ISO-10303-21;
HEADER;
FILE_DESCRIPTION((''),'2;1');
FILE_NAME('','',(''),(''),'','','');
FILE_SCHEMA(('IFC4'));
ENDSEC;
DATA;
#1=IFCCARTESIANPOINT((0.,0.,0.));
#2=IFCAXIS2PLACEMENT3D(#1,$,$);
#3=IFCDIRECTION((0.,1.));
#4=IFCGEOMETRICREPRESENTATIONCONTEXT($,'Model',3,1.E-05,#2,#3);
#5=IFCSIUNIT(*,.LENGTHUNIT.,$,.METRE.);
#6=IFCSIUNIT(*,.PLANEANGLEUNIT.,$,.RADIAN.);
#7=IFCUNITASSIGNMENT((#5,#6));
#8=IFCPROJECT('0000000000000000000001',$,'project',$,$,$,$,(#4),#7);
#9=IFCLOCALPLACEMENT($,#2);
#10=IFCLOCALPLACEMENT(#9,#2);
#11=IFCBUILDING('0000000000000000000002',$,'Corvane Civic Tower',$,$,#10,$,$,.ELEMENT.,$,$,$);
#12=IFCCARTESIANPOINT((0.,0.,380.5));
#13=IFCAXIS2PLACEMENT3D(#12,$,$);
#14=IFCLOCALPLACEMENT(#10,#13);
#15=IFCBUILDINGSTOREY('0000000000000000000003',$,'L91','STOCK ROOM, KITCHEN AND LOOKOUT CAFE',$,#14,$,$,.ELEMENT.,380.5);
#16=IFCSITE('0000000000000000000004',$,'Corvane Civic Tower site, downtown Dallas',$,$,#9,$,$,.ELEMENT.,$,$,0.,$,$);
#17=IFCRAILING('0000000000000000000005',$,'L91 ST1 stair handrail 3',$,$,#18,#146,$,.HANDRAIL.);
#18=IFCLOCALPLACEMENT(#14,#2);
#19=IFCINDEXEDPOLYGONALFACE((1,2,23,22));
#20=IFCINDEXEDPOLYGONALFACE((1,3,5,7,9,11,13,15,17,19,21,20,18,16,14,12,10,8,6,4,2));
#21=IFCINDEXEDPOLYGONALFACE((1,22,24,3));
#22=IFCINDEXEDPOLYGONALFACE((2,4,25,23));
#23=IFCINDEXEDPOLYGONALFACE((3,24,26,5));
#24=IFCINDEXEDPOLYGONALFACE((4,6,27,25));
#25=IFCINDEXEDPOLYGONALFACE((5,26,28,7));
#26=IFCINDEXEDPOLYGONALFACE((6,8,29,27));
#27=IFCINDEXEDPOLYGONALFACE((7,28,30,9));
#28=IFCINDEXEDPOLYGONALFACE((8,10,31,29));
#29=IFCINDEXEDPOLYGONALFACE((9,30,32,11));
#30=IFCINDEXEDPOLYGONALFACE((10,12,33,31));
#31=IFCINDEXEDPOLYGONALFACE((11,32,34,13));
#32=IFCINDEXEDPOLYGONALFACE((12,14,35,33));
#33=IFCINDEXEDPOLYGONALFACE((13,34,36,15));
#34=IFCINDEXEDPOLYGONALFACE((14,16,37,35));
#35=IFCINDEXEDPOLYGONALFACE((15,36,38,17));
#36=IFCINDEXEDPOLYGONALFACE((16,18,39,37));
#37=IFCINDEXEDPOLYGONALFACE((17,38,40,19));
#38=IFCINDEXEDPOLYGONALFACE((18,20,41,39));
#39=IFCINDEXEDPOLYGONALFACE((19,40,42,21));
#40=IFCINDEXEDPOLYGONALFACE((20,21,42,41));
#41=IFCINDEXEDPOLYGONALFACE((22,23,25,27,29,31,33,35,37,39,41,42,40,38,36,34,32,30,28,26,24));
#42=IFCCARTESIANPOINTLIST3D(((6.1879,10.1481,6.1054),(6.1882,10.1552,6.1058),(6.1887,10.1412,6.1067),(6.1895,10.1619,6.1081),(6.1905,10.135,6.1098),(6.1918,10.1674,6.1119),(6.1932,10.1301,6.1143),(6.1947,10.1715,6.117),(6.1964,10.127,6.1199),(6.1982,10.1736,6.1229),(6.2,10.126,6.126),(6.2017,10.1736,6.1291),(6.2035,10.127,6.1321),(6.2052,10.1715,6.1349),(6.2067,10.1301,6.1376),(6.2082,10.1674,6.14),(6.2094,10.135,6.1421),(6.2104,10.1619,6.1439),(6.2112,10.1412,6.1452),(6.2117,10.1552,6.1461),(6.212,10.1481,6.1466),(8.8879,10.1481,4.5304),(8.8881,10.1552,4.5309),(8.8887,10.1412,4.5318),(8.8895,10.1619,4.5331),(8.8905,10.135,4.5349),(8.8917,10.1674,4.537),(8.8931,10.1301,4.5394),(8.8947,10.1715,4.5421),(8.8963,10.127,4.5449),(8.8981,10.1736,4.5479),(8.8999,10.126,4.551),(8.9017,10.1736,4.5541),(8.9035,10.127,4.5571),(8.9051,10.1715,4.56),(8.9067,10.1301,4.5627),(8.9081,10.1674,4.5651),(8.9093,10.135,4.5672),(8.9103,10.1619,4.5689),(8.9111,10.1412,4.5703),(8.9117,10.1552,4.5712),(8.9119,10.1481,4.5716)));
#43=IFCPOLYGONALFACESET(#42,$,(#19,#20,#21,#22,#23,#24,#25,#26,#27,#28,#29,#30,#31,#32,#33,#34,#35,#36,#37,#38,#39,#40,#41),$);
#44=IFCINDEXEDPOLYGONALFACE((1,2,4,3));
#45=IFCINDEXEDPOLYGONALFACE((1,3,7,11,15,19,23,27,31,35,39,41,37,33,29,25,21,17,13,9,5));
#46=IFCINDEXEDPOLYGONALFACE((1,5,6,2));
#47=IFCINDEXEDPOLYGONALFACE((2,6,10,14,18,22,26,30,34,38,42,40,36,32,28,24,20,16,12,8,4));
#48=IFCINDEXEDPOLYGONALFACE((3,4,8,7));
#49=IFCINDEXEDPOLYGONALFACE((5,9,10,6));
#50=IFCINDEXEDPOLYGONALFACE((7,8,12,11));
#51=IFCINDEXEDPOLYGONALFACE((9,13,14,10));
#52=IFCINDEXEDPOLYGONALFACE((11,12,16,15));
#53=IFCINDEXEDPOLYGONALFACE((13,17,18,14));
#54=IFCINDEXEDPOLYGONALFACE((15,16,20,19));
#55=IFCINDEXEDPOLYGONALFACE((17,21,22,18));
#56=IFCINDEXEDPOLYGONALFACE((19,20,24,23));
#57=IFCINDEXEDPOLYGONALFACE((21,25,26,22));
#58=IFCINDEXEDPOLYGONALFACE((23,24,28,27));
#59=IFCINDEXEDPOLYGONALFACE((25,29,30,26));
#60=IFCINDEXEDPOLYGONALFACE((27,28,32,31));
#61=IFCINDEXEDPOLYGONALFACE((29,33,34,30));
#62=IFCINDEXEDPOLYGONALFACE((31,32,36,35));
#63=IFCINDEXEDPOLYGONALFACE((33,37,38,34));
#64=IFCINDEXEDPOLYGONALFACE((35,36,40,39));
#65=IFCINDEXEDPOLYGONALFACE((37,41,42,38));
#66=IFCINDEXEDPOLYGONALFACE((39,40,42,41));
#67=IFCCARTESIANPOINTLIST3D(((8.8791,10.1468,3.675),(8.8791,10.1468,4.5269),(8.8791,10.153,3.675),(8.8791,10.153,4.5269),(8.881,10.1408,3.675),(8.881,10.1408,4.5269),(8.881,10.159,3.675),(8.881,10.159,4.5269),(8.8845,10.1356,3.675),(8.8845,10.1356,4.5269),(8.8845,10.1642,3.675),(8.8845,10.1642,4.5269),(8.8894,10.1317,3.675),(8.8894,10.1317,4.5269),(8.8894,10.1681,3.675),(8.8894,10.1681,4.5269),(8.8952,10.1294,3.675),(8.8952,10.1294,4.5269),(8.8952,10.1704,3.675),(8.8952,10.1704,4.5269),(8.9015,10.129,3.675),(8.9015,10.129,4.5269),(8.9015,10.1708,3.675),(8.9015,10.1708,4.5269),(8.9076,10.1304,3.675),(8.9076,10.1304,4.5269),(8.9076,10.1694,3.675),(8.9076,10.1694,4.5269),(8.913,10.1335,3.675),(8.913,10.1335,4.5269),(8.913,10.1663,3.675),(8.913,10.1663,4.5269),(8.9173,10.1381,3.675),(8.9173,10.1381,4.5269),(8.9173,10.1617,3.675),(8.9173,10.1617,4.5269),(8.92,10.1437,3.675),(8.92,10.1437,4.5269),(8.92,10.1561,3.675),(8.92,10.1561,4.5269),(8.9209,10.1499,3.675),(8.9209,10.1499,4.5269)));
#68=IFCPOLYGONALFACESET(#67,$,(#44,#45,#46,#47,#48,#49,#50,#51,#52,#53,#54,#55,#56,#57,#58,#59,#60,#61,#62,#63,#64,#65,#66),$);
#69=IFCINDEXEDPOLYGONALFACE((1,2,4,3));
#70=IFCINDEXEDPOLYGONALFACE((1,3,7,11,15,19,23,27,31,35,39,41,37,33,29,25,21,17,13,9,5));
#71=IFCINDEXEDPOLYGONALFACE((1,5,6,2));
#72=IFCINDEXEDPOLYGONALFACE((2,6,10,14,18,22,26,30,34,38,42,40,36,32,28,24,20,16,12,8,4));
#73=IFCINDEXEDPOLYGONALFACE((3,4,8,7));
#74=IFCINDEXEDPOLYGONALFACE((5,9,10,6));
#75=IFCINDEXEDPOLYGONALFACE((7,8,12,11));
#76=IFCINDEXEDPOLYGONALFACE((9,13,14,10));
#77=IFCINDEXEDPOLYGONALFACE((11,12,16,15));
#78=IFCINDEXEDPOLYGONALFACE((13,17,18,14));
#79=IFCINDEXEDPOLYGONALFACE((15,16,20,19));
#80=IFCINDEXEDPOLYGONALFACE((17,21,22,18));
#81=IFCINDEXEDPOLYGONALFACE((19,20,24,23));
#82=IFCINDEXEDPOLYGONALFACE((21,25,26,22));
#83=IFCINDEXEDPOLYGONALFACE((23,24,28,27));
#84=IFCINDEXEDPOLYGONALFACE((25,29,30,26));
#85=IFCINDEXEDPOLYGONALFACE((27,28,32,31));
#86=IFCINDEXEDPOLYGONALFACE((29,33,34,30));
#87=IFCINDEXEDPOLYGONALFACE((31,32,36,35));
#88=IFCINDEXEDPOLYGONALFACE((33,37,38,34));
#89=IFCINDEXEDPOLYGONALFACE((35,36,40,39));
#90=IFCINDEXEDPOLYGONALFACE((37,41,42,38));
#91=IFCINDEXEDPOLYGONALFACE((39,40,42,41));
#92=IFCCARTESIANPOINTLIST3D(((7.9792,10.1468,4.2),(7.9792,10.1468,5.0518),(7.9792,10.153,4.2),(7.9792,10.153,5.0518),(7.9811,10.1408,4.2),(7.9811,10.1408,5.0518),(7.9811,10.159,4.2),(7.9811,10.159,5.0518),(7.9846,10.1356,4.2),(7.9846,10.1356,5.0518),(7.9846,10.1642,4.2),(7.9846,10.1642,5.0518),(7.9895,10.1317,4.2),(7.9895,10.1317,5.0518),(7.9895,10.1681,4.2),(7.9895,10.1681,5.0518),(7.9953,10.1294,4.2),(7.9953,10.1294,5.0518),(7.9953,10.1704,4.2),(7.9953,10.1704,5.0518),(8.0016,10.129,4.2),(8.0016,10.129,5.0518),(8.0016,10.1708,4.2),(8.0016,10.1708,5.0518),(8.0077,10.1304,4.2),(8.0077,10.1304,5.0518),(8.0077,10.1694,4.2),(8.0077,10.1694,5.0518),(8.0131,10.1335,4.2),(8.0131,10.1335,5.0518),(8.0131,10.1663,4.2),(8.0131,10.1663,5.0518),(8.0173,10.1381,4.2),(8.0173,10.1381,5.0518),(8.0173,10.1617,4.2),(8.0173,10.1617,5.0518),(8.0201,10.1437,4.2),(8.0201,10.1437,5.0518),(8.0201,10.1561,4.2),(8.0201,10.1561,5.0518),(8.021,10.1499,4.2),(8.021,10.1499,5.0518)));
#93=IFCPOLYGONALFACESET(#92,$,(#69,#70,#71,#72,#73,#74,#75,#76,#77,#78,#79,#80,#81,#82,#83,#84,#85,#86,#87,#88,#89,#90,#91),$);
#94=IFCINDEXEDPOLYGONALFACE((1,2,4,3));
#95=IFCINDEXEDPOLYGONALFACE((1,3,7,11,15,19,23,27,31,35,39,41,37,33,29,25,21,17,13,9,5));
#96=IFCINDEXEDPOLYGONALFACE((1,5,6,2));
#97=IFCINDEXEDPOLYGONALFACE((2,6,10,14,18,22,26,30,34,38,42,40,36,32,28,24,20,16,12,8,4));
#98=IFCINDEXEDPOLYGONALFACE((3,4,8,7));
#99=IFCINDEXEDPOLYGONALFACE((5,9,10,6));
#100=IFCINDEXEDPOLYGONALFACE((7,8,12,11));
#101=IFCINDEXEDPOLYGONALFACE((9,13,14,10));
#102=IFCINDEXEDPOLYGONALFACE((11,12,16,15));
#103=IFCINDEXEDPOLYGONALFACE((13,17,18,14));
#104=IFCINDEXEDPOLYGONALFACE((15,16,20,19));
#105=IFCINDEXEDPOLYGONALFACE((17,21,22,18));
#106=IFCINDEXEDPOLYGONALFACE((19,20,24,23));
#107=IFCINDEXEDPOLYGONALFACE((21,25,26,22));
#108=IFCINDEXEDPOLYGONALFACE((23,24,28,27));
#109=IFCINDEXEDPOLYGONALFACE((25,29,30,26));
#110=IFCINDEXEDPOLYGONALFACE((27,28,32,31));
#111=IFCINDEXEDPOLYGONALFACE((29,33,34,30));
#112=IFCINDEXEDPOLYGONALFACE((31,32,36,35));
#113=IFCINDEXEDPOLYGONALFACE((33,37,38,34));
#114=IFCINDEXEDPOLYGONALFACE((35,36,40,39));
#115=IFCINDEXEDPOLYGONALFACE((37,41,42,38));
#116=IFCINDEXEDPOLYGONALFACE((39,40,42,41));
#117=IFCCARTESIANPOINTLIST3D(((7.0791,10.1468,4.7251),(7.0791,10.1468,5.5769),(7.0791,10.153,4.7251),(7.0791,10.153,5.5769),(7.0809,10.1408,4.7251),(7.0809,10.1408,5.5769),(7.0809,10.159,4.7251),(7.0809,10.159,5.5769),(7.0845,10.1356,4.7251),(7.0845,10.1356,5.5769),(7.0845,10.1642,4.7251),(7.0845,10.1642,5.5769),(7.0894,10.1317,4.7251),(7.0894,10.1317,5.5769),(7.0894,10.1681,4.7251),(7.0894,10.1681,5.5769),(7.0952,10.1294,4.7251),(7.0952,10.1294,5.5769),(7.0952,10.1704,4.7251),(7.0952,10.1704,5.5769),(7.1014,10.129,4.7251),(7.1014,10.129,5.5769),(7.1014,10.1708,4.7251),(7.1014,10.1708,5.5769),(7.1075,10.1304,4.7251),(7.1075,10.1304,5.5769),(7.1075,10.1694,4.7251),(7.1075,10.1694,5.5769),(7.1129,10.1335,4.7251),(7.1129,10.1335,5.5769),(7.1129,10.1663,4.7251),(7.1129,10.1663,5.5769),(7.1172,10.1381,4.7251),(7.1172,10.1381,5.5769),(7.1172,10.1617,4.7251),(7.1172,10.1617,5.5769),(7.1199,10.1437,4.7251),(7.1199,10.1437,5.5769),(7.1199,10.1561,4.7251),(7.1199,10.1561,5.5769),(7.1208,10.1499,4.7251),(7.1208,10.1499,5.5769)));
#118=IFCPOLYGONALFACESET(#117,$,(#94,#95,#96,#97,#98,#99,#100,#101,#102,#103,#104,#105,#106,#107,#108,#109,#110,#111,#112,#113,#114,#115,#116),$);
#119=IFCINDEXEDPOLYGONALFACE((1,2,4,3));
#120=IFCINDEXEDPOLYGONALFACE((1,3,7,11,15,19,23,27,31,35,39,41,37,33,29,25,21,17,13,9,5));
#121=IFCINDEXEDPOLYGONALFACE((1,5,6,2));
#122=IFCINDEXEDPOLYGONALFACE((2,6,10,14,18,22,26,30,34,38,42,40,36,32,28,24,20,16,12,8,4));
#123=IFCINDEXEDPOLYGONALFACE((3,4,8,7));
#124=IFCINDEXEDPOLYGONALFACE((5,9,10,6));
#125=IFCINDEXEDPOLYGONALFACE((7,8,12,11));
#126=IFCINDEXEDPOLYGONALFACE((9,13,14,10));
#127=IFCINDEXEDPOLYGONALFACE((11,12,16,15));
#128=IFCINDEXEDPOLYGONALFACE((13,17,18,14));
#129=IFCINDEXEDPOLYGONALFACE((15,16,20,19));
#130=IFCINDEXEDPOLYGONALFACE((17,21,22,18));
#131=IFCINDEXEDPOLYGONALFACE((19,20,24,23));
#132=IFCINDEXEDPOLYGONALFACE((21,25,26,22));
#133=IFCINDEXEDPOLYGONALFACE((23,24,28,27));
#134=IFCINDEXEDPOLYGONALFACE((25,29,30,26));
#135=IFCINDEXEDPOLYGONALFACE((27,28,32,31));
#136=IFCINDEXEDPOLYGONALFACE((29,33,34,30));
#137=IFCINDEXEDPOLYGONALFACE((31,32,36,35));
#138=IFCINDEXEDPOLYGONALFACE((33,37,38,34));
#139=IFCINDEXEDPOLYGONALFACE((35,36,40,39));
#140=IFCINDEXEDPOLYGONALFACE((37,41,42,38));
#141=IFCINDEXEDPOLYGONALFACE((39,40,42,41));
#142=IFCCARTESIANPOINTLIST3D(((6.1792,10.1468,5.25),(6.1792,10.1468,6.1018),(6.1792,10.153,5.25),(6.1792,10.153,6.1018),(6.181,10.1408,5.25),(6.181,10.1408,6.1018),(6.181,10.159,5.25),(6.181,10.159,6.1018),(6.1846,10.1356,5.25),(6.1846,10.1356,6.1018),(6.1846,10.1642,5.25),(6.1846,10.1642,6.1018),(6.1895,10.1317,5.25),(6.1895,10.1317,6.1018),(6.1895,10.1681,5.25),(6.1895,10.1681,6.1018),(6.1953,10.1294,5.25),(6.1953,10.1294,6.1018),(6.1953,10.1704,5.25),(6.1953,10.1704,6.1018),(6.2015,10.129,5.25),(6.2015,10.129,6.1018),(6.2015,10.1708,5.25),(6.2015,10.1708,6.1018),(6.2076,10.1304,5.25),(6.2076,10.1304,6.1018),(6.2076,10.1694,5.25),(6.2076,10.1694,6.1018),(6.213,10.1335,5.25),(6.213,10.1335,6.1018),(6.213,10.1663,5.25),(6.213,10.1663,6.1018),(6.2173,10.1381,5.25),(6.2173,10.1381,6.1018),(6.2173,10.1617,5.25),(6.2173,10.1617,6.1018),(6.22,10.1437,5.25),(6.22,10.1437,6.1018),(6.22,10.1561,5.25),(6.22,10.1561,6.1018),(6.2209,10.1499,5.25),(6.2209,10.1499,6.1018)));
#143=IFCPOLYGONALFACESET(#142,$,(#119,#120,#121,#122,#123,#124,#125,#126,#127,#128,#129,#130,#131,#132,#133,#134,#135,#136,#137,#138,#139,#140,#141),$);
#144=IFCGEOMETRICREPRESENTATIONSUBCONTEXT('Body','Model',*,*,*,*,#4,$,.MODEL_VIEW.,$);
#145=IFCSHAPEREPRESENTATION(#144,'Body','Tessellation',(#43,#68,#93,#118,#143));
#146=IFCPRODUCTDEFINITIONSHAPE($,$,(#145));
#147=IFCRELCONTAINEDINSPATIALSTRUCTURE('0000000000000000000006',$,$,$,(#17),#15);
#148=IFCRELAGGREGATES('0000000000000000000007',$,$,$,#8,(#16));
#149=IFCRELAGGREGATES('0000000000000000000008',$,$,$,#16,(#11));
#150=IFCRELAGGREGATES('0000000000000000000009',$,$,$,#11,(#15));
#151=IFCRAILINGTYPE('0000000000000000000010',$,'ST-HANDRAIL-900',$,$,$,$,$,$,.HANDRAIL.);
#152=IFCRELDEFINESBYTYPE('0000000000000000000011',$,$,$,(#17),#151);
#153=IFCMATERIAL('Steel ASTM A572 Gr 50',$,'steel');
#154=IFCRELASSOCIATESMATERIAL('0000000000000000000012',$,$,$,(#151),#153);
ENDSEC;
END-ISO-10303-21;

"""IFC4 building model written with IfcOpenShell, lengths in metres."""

from ifc_helpers import new_model, si_unit, direction, frame, origin, origin_2d, place, context, subcontext, project, spatial, circle, extrude, material, type_object, element, save


model = new_model("IFC4")

# Units and contexts
model_context = context("Model", 3, precision=1e-05, world=origin(), true_north=direction((0.0, 1.0)))
body_context = subcontext(model_context, "Body", "Model", "MODEL_VIEW")
ifc_project = project(units=[si_unit("LENGTHUNIT", "METRE"), si_unit("PLANEANGLEUNIT", "RADIAN")], contexts=[model_context])

# Site, building, storey
site_placement = place(None, origin())
site = spatial("IfcSite", under=ifc_project, at=site_placement, Name="Corvane Civic Tower site, downtown Dallas", CompositionType="ELEMENT", RefElevation=0.0)
building_placement = place(site_placement, origin())
building = spatial("IfcBuilding", under=site, at=building_placement, Name="Corvane Civic Tower", CompositionType="ELEMENT")
storey_placement = place(building_placement, frame((0.0, 0.0, 380.5)))
storey = spatial("IfcBuildingStorey", under=building, at=storey_placement, Name="L91", Description="STOCK ROOM, KITCHEN AND LOOKOUT CAFE", CompositionType="ELEMENT", Elevation=380.5)

# Railing
ifc_material_1 = material(Name="Steel ASTM A572 Gr 50", Category="steel")
railing_type_1 = type_object("IfcRailingType", Name="ST-HANDRAIL-900", PredefinedType="HANDRAIL", material=ifc_material_1)
railing_1_placement = place(storey_placement, frame((8.8999, 10.1499, 3.675)))
element("IfcRailing", 1, at=railing_1_placement, inside=storey, type_object=railing_type_1, Name="L91 ST1 stair handrail 3", PredefinedType="HANDRAIL", context=body_context, shape_type="SweptSolid", body=[
    extrude(circle(Radius=0.0239, at=origin_2d()), frame((0.0, 0.0, 0.876), z_axis=(-0.863782, 0.0, 0.503866), x_axis=(0.0, -1.0, 0.0)), (0.0, 0.0, 1.0), 3.1257),
    extrude(circle(Radius=0.021, at=origin_2d()), origin(), (0.0, 0.0, 1.0), 0.8518),
    extrude(circle(Radius=0.021, at=origin_2d()), frame((-0.8999, 0.0, 0.5249)), (0.0, 0.0, 1.0), 0.8518),
    extrude(circle(Radius=0.021, at=origin_2d()), frame((-1.8, 0.0, 1.05)), (0.0, 0.0, 1.0), 0.8518),
    extrude(circle(Radius=0.021, at=origin_2d()), frame((-2.7, 0.0, 1.575)), (0.0, 0.0, 1.0), 0.8518),
])

save(model, "model.ifc")
